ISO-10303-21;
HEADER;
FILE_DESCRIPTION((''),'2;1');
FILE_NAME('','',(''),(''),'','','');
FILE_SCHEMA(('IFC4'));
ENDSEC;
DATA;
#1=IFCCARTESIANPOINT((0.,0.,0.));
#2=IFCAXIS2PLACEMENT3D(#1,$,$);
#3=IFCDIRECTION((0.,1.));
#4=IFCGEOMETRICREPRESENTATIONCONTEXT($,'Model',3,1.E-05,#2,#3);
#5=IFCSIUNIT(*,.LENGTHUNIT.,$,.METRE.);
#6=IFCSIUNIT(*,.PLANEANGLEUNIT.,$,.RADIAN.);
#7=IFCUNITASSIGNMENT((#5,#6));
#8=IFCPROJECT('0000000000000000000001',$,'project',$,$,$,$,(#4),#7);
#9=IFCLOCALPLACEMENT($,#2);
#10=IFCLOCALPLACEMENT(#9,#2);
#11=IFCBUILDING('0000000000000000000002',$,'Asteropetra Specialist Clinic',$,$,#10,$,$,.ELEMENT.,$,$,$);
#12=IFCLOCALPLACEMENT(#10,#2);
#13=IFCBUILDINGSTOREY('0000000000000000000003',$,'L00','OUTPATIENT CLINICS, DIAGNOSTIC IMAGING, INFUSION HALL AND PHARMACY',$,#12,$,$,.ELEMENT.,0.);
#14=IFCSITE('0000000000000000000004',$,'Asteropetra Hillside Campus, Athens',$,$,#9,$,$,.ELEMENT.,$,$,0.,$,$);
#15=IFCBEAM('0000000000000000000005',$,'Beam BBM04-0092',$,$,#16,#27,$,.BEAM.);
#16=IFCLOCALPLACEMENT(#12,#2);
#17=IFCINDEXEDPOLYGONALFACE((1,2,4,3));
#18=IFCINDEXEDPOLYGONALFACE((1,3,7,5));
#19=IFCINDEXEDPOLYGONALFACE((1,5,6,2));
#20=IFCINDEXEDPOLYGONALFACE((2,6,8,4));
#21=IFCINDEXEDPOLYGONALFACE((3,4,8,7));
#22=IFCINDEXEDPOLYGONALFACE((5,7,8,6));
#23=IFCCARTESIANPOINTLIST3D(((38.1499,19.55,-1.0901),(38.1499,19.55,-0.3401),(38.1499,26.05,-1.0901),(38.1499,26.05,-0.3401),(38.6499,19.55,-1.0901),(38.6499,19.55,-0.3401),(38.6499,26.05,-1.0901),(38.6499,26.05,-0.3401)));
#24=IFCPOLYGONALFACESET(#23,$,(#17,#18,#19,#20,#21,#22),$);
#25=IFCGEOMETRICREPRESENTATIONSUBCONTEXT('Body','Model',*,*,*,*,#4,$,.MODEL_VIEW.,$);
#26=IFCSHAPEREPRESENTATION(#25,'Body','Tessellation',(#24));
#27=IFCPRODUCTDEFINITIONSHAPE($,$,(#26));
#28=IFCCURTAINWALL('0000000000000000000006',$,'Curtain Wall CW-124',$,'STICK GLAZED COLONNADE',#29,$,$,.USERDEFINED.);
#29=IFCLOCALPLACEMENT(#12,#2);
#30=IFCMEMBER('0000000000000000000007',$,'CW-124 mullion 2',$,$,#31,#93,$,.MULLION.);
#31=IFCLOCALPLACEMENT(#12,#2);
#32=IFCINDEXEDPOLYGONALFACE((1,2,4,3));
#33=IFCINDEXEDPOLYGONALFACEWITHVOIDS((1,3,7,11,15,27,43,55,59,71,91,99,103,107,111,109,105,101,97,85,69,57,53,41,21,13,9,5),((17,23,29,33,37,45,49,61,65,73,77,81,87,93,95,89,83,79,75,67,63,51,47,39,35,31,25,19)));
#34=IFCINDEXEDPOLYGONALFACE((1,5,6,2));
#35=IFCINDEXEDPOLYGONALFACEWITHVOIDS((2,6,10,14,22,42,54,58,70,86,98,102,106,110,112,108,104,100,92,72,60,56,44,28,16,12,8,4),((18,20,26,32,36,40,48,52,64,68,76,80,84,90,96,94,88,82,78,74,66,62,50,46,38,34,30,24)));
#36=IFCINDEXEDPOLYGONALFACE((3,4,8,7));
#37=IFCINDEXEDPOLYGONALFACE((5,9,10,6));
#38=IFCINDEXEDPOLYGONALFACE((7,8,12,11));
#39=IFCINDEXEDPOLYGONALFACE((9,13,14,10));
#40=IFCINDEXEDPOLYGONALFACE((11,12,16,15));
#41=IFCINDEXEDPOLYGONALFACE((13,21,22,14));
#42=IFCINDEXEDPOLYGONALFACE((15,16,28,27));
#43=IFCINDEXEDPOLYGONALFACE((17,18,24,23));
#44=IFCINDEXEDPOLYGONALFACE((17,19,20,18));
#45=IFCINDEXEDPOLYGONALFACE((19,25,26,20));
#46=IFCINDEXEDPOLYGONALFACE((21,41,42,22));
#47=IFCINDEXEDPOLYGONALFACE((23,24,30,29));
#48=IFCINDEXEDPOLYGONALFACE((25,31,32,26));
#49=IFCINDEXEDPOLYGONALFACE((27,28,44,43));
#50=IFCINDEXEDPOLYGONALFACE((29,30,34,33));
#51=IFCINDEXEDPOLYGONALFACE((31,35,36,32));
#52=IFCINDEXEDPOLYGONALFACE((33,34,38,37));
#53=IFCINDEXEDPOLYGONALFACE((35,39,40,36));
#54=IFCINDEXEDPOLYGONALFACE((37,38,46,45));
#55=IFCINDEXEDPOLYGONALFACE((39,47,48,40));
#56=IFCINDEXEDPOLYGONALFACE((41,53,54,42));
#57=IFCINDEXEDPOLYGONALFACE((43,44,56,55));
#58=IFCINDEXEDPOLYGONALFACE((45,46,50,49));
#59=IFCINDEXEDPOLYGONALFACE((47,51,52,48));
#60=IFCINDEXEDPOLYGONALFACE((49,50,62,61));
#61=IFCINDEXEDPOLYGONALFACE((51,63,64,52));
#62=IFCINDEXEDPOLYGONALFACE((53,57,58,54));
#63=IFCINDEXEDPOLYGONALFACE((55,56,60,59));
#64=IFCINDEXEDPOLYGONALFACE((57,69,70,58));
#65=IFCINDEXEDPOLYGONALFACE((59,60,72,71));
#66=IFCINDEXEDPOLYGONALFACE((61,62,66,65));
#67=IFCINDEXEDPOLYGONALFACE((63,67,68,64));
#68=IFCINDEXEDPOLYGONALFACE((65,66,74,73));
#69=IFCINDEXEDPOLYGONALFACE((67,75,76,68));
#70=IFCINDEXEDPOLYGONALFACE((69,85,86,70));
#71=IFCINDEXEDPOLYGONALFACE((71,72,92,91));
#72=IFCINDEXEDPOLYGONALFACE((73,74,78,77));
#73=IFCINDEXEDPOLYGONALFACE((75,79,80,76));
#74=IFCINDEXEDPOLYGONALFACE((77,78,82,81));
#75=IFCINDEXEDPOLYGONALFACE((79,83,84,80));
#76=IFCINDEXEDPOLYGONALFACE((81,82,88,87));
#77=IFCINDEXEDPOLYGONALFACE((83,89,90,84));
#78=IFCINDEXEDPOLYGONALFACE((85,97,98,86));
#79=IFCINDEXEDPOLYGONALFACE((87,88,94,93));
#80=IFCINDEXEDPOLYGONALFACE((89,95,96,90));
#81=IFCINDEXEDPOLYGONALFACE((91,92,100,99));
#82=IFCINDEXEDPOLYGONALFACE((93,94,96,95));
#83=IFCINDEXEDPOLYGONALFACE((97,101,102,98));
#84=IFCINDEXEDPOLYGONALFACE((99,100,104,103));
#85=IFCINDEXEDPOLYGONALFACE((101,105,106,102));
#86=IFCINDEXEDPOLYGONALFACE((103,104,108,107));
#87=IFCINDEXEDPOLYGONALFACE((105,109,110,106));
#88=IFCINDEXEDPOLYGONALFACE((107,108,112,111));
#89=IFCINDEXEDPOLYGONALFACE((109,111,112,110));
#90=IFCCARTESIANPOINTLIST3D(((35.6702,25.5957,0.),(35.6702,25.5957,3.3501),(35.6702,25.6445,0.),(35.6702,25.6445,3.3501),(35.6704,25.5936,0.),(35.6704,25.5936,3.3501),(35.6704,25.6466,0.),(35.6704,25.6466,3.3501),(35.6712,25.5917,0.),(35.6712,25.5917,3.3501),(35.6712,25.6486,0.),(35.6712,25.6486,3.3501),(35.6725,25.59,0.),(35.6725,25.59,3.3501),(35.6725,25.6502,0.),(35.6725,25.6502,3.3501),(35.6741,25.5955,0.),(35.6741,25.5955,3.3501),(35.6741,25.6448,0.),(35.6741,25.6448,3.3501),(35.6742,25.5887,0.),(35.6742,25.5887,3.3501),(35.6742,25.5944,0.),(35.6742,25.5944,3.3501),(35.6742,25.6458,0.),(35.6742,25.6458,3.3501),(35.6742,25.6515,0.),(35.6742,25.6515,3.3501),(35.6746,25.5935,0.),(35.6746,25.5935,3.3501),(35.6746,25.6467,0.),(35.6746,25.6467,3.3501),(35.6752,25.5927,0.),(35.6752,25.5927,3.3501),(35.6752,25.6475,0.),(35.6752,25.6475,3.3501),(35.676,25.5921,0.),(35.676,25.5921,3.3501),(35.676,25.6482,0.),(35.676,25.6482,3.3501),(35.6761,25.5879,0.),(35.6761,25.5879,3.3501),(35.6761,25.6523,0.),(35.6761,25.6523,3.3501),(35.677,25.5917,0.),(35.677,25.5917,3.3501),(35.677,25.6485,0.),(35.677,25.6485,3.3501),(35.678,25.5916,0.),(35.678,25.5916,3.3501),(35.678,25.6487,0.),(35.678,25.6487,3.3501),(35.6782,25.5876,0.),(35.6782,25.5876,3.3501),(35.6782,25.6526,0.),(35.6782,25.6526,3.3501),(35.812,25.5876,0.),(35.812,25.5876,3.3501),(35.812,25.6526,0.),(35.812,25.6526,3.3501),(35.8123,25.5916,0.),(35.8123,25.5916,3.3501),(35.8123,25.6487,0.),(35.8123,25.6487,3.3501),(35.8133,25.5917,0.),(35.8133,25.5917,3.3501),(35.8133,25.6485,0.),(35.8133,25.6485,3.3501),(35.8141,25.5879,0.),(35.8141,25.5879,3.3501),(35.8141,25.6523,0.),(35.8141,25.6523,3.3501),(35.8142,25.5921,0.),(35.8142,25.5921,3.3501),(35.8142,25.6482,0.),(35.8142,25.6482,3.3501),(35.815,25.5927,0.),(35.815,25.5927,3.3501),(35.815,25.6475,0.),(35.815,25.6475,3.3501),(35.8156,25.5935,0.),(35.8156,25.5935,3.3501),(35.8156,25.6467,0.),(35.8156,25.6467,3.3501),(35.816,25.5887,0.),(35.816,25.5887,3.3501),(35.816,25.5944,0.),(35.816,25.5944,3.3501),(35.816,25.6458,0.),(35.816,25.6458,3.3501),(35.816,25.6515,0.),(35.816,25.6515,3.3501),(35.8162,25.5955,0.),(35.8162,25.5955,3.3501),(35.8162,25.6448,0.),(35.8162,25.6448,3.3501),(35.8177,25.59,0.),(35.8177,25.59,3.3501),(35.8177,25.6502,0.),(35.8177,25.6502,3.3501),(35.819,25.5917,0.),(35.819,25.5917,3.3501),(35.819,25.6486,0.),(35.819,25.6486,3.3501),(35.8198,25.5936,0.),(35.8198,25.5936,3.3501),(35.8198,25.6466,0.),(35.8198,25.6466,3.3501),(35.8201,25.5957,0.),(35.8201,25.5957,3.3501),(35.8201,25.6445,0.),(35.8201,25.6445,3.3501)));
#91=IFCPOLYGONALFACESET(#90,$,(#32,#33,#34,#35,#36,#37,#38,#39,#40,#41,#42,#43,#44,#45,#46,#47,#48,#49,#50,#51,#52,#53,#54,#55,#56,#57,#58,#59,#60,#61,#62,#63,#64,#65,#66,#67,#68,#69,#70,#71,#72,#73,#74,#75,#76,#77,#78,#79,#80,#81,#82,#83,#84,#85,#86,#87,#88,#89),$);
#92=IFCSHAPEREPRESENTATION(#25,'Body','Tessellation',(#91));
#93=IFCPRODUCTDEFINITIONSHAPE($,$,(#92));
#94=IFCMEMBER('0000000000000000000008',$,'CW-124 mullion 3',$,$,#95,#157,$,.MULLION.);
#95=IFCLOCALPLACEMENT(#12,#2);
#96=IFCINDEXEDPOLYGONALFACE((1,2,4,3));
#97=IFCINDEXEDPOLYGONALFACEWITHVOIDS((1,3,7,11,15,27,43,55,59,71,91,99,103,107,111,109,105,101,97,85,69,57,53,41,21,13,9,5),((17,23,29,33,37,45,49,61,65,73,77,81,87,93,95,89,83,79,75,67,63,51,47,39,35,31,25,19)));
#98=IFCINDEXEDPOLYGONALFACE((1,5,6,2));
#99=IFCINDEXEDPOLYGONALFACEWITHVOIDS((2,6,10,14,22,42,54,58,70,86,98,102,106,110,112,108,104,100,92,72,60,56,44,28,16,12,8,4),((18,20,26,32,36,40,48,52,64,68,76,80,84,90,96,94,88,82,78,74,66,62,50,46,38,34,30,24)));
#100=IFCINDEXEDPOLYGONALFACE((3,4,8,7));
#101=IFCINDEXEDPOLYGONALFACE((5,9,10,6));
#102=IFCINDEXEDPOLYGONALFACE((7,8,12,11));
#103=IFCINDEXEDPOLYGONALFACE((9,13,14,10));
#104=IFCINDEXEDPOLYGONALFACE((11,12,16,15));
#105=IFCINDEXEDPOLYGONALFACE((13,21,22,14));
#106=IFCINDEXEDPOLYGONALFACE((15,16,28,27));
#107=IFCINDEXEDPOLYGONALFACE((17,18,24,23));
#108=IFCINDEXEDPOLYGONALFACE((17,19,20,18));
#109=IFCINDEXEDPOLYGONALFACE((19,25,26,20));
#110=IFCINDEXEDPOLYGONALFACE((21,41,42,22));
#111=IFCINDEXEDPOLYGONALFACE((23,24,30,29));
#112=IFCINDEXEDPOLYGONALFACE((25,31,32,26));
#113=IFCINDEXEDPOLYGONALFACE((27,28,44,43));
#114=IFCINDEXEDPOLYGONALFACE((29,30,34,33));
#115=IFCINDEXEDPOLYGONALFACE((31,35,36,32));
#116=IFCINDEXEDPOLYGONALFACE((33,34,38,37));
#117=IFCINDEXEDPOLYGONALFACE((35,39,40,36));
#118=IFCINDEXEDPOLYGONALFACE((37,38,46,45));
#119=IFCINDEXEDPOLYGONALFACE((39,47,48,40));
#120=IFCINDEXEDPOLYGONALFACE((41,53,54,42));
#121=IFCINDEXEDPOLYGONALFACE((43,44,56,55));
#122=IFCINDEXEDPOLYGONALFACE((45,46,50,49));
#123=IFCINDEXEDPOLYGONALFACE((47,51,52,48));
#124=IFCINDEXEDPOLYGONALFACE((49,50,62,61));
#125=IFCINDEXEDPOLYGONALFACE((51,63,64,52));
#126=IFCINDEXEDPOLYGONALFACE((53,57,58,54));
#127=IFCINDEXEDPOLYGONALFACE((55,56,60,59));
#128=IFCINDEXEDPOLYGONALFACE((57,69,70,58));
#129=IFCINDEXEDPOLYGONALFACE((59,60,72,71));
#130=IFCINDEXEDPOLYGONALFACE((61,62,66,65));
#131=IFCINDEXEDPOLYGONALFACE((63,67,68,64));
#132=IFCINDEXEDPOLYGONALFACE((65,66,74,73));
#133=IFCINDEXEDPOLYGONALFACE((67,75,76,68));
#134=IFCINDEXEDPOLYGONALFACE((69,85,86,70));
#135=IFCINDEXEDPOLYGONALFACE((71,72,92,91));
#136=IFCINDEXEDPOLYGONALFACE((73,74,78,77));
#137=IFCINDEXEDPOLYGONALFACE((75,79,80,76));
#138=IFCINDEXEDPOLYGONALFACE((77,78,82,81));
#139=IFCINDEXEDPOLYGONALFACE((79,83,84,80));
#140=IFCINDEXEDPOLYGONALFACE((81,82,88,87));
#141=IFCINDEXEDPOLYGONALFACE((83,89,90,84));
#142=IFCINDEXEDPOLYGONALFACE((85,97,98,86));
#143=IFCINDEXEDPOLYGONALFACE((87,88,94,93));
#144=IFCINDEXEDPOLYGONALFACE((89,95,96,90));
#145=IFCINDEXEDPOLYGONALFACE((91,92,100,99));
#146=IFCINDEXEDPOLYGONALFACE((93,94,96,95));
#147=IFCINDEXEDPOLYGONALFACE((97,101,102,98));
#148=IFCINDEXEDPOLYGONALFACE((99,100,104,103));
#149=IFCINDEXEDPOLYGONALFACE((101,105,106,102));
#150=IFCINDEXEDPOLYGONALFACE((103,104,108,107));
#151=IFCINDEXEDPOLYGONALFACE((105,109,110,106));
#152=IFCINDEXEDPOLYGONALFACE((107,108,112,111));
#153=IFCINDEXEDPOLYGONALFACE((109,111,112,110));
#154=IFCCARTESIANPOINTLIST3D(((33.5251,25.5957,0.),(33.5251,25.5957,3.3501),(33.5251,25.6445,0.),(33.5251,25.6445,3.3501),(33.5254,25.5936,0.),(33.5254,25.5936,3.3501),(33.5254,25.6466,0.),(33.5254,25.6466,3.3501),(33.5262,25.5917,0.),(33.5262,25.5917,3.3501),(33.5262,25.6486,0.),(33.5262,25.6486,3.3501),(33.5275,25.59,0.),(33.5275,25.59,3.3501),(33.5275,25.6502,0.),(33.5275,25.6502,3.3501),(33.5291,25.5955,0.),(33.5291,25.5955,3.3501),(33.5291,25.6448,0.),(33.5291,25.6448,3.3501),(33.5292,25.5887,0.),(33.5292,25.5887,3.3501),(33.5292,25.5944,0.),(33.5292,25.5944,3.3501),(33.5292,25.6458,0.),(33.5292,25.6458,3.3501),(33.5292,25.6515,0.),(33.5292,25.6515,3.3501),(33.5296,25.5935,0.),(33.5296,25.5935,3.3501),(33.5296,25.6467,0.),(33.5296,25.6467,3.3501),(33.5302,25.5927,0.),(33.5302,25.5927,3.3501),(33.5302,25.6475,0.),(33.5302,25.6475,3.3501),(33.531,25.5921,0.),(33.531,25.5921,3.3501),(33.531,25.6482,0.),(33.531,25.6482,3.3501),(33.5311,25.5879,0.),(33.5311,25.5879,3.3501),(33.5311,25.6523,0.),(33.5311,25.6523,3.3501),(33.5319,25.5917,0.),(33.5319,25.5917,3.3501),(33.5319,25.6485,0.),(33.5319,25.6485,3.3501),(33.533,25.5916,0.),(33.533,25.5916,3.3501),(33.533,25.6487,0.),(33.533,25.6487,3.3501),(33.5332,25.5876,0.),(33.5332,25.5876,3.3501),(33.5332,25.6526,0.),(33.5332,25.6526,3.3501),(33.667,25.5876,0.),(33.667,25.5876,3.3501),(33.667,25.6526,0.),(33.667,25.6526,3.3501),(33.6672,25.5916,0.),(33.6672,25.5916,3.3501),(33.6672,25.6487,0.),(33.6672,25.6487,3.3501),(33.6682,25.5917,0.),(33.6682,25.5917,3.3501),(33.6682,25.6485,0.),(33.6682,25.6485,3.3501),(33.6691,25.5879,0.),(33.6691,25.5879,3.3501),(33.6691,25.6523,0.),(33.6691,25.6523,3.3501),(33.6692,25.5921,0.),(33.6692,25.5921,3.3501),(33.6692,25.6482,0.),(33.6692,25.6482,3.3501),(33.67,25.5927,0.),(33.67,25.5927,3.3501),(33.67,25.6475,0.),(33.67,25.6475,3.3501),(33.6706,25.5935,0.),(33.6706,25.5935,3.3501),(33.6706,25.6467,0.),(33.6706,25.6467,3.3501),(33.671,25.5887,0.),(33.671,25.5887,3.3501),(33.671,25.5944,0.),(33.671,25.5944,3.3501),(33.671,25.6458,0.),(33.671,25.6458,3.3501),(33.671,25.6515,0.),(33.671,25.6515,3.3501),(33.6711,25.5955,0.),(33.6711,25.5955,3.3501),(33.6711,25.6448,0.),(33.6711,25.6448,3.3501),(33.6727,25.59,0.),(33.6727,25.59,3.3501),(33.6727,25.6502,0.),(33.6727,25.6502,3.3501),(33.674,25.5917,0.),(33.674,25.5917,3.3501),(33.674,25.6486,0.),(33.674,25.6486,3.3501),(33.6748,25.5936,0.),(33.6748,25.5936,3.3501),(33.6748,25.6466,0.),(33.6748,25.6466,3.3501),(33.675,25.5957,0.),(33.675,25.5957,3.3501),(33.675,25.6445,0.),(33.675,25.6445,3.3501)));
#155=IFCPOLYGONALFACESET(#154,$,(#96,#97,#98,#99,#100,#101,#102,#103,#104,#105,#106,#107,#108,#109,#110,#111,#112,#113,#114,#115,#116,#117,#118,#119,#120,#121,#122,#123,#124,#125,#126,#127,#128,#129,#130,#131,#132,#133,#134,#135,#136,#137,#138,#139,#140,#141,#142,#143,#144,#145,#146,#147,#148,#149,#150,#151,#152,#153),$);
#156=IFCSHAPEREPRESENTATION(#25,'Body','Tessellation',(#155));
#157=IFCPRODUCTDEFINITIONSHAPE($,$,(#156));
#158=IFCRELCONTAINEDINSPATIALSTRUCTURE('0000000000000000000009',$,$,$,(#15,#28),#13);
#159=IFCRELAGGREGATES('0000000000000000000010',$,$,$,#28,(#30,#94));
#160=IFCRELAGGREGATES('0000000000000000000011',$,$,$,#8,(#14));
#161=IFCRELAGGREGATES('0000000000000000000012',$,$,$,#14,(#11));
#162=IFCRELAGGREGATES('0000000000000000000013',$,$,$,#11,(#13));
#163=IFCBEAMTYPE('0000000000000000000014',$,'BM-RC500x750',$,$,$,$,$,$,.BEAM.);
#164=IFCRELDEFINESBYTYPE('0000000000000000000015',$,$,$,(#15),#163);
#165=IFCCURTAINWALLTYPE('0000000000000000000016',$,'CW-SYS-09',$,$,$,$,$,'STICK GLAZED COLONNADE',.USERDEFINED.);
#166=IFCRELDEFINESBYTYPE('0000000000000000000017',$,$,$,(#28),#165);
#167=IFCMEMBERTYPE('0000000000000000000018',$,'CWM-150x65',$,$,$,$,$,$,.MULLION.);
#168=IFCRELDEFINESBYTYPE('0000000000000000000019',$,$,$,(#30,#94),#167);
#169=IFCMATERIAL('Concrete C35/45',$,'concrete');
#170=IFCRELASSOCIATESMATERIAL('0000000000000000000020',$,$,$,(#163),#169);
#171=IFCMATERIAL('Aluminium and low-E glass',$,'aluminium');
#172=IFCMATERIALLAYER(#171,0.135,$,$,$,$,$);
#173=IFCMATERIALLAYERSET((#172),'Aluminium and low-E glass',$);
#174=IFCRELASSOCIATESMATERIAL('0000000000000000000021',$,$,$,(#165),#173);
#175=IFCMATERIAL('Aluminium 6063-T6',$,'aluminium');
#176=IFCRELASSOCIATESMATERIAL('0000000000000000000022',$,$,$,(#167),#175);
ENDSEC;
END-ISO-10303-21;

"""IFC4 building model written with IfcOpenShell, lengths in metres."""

from ifc_helpers import new_model, si_unit, direction, frame, origin, origin_2d, place, context, subcontext, project, spatial, rectangle, hollow_rectangle, extrude, material, layer, layer_set, material_profile, profile_set, type_object, element, aggregate, save


model = new_model("IFC4")

# Units and contexts
model_context = context("Model", 3, precision=1e-05, world=origin(), true_north=direction((0.0, 1.0)))
body_context = subcontext(model_context, "Body", "Model", "MODEL_VIEW")
ifc_project = project(units=[si_unit("LENGTHUNIT", "METRE"), si_unit("PLANEANGLEUNIT", "RADIAN")], contexts=[model_context])

# Site, building, storey
site_placement = place(None, origin())
site = spatial("IfcSite", under=ifc_project, at=site_placement, Name="Asteropetra Hillside Campus, Athens", CompositionType="ELEMENT", RefElevation=0.0)
building_placement = place(site_placement, origin())
building = spatial("IfcBuilding", under=site, at=building_placement, Name="Asteropetra Specialist Clinic", CompositionType="ELEMENT")
storey_placement = place(building_placement, origin())
storey = spatial("IfcBuildingStorey", under=building, at=storey_placement, Name="L00", Description="OUTPATIENT CLINICS, DIAGNOSTIC IMAGING, INFUSION HALL AND PHARMACY", CompositionType="ELEMENT", Elevation=0.0)

# Beam
ifc_material_1 = material(Name="Concrete C35/45", Category="concrete")
ifc_material_profile_1 = material_profile(ifc_material_1, rectangle(XDim=0.5, YDim=0.75, at=origin_2d()), Name="RCB 500x750")
ifc_profile_set_1 = profile_set([ifc_material_profile_1], Name="Concrete C35/45")
beam_type_1 = type_object("IfcBeamType", Name="BM-RC500x750", PredefinedType="BEAM", material=ifc_profile_set_1)
beam_1_placement = place(storey_placement, frame((38.3999, 19.55, -0.7151), z_axis=(0.0, 1.0, 0.0), x_axis=(-1.0, 0.0, 0.0)))
element("IfcBeam", 1, at=beam_1_placement, inside=storey, type_object=beam_type_1, Name="Beam BBM04-0092", PredefinedType="BEAM", context=body_context, shape_type="SweptSolid", body=[
    extrude(rectangle(XDim=0.5, YDim=0.75, at=origin_2d()), origin(), (0.0, 0.0, 1.0), 6.5),
])

# Curtain wall, members
ifc_material_2 = material(Name="Aluminium and low-E glass", Category="aluminium")
ifc_layer_1 = layer(ifc_material_2, 0.135)
ifc_layer_set_1 = layer_set([ifc_layer_1], Name="Aluminium and low-E glass")
curtain_wall_type = type_object("IfcCurtainWallType", Name="CW-SYS-09", ElementType="STICK GLAZED COLONNADE", PredefinedType="USERDEFINED", material=ifc_layer_set_1)
curtain_wall_placement = place(storey_placement, origin())
curtain_wall = element("IfcCurtainWall", 2, at=curtain_wall_placement, inside=storey, type_object=curtain_wall_type, Name="Curtain Wall CW-124", ObjectType="STICK GLAZED COLONNADE", PredefinedType="USERDEFINED")
ifc_material_3 = material(Name="Aluminium 6063-T6", Category="aluminium")
ifc_material_profile_2 = material_profile(ifc_material_3, hollow_rectangle(XDim=0.0649, YDim=0.1499, WallThickness=0.0039, InnerFilletRadius=0.0039, OuterFilletRadius=0.0081, at=origin_2d()), Name="MUL 150x65x4.0")
ifc_profile_set_2 = profile_set([ifc_material_profile_2], Name="Aluminium 6063-T6")
member_type_1 = type_object("IfcMemberType", Name="CWM-150x65", PredefinedType="MULLION", material=ifc_profile_set_2)
member_1_placement = place(storey_placement, frame((35.7451, 25.6201, 0.0), z_axis=(0.0, 0.0, 1.0), x_axis=(0.0, -1.0, 0.0)))
member_1 = element("IfcMember", 3, at=member_1_placement, type_object=member_type_1, Name="CW-124 mullion 2", PredefinedType="MULLION", context=body_context, shape_type="SweptSolid", body=[
    extrude(hollow_rectangle(XDim=0.0649, YDim=0.1499, WallThickness=0.0039, InnerFilletRadius=0.0039, OuterFilletRadius=0.0081, at=origin_2d()), origin(), (0.0, 0.0, 1.0), 3.3501),
])
member_2_placement = place(storey_placement, frame((33.6001, 25.6201, 0.0), z_axis=(0.0, 0.0, 1.0), x_axis=(0.0, -1.0, 0.0)))
member_2 = element("IfcMember", 4, at=member_2_placement, type_object=member_type_1, Name="CW-124 mullion 3", PredefinedType="MULLION", context=body_context, shape_type="SweptSolid", body=[
    extrude(hollow_rectangle(XDim=0.0649, YDim=0.1499, WallThickness=0.0039, InnerFilletRadius=0.0039, OuterFilletRadius=0.0081, at=origin_2d()), origin(), (0.0, 0.0, 1.0), 3.3501),
])

aggregate(curtain_wall, [member_1, member_2])

save(model, "model.ifc")
